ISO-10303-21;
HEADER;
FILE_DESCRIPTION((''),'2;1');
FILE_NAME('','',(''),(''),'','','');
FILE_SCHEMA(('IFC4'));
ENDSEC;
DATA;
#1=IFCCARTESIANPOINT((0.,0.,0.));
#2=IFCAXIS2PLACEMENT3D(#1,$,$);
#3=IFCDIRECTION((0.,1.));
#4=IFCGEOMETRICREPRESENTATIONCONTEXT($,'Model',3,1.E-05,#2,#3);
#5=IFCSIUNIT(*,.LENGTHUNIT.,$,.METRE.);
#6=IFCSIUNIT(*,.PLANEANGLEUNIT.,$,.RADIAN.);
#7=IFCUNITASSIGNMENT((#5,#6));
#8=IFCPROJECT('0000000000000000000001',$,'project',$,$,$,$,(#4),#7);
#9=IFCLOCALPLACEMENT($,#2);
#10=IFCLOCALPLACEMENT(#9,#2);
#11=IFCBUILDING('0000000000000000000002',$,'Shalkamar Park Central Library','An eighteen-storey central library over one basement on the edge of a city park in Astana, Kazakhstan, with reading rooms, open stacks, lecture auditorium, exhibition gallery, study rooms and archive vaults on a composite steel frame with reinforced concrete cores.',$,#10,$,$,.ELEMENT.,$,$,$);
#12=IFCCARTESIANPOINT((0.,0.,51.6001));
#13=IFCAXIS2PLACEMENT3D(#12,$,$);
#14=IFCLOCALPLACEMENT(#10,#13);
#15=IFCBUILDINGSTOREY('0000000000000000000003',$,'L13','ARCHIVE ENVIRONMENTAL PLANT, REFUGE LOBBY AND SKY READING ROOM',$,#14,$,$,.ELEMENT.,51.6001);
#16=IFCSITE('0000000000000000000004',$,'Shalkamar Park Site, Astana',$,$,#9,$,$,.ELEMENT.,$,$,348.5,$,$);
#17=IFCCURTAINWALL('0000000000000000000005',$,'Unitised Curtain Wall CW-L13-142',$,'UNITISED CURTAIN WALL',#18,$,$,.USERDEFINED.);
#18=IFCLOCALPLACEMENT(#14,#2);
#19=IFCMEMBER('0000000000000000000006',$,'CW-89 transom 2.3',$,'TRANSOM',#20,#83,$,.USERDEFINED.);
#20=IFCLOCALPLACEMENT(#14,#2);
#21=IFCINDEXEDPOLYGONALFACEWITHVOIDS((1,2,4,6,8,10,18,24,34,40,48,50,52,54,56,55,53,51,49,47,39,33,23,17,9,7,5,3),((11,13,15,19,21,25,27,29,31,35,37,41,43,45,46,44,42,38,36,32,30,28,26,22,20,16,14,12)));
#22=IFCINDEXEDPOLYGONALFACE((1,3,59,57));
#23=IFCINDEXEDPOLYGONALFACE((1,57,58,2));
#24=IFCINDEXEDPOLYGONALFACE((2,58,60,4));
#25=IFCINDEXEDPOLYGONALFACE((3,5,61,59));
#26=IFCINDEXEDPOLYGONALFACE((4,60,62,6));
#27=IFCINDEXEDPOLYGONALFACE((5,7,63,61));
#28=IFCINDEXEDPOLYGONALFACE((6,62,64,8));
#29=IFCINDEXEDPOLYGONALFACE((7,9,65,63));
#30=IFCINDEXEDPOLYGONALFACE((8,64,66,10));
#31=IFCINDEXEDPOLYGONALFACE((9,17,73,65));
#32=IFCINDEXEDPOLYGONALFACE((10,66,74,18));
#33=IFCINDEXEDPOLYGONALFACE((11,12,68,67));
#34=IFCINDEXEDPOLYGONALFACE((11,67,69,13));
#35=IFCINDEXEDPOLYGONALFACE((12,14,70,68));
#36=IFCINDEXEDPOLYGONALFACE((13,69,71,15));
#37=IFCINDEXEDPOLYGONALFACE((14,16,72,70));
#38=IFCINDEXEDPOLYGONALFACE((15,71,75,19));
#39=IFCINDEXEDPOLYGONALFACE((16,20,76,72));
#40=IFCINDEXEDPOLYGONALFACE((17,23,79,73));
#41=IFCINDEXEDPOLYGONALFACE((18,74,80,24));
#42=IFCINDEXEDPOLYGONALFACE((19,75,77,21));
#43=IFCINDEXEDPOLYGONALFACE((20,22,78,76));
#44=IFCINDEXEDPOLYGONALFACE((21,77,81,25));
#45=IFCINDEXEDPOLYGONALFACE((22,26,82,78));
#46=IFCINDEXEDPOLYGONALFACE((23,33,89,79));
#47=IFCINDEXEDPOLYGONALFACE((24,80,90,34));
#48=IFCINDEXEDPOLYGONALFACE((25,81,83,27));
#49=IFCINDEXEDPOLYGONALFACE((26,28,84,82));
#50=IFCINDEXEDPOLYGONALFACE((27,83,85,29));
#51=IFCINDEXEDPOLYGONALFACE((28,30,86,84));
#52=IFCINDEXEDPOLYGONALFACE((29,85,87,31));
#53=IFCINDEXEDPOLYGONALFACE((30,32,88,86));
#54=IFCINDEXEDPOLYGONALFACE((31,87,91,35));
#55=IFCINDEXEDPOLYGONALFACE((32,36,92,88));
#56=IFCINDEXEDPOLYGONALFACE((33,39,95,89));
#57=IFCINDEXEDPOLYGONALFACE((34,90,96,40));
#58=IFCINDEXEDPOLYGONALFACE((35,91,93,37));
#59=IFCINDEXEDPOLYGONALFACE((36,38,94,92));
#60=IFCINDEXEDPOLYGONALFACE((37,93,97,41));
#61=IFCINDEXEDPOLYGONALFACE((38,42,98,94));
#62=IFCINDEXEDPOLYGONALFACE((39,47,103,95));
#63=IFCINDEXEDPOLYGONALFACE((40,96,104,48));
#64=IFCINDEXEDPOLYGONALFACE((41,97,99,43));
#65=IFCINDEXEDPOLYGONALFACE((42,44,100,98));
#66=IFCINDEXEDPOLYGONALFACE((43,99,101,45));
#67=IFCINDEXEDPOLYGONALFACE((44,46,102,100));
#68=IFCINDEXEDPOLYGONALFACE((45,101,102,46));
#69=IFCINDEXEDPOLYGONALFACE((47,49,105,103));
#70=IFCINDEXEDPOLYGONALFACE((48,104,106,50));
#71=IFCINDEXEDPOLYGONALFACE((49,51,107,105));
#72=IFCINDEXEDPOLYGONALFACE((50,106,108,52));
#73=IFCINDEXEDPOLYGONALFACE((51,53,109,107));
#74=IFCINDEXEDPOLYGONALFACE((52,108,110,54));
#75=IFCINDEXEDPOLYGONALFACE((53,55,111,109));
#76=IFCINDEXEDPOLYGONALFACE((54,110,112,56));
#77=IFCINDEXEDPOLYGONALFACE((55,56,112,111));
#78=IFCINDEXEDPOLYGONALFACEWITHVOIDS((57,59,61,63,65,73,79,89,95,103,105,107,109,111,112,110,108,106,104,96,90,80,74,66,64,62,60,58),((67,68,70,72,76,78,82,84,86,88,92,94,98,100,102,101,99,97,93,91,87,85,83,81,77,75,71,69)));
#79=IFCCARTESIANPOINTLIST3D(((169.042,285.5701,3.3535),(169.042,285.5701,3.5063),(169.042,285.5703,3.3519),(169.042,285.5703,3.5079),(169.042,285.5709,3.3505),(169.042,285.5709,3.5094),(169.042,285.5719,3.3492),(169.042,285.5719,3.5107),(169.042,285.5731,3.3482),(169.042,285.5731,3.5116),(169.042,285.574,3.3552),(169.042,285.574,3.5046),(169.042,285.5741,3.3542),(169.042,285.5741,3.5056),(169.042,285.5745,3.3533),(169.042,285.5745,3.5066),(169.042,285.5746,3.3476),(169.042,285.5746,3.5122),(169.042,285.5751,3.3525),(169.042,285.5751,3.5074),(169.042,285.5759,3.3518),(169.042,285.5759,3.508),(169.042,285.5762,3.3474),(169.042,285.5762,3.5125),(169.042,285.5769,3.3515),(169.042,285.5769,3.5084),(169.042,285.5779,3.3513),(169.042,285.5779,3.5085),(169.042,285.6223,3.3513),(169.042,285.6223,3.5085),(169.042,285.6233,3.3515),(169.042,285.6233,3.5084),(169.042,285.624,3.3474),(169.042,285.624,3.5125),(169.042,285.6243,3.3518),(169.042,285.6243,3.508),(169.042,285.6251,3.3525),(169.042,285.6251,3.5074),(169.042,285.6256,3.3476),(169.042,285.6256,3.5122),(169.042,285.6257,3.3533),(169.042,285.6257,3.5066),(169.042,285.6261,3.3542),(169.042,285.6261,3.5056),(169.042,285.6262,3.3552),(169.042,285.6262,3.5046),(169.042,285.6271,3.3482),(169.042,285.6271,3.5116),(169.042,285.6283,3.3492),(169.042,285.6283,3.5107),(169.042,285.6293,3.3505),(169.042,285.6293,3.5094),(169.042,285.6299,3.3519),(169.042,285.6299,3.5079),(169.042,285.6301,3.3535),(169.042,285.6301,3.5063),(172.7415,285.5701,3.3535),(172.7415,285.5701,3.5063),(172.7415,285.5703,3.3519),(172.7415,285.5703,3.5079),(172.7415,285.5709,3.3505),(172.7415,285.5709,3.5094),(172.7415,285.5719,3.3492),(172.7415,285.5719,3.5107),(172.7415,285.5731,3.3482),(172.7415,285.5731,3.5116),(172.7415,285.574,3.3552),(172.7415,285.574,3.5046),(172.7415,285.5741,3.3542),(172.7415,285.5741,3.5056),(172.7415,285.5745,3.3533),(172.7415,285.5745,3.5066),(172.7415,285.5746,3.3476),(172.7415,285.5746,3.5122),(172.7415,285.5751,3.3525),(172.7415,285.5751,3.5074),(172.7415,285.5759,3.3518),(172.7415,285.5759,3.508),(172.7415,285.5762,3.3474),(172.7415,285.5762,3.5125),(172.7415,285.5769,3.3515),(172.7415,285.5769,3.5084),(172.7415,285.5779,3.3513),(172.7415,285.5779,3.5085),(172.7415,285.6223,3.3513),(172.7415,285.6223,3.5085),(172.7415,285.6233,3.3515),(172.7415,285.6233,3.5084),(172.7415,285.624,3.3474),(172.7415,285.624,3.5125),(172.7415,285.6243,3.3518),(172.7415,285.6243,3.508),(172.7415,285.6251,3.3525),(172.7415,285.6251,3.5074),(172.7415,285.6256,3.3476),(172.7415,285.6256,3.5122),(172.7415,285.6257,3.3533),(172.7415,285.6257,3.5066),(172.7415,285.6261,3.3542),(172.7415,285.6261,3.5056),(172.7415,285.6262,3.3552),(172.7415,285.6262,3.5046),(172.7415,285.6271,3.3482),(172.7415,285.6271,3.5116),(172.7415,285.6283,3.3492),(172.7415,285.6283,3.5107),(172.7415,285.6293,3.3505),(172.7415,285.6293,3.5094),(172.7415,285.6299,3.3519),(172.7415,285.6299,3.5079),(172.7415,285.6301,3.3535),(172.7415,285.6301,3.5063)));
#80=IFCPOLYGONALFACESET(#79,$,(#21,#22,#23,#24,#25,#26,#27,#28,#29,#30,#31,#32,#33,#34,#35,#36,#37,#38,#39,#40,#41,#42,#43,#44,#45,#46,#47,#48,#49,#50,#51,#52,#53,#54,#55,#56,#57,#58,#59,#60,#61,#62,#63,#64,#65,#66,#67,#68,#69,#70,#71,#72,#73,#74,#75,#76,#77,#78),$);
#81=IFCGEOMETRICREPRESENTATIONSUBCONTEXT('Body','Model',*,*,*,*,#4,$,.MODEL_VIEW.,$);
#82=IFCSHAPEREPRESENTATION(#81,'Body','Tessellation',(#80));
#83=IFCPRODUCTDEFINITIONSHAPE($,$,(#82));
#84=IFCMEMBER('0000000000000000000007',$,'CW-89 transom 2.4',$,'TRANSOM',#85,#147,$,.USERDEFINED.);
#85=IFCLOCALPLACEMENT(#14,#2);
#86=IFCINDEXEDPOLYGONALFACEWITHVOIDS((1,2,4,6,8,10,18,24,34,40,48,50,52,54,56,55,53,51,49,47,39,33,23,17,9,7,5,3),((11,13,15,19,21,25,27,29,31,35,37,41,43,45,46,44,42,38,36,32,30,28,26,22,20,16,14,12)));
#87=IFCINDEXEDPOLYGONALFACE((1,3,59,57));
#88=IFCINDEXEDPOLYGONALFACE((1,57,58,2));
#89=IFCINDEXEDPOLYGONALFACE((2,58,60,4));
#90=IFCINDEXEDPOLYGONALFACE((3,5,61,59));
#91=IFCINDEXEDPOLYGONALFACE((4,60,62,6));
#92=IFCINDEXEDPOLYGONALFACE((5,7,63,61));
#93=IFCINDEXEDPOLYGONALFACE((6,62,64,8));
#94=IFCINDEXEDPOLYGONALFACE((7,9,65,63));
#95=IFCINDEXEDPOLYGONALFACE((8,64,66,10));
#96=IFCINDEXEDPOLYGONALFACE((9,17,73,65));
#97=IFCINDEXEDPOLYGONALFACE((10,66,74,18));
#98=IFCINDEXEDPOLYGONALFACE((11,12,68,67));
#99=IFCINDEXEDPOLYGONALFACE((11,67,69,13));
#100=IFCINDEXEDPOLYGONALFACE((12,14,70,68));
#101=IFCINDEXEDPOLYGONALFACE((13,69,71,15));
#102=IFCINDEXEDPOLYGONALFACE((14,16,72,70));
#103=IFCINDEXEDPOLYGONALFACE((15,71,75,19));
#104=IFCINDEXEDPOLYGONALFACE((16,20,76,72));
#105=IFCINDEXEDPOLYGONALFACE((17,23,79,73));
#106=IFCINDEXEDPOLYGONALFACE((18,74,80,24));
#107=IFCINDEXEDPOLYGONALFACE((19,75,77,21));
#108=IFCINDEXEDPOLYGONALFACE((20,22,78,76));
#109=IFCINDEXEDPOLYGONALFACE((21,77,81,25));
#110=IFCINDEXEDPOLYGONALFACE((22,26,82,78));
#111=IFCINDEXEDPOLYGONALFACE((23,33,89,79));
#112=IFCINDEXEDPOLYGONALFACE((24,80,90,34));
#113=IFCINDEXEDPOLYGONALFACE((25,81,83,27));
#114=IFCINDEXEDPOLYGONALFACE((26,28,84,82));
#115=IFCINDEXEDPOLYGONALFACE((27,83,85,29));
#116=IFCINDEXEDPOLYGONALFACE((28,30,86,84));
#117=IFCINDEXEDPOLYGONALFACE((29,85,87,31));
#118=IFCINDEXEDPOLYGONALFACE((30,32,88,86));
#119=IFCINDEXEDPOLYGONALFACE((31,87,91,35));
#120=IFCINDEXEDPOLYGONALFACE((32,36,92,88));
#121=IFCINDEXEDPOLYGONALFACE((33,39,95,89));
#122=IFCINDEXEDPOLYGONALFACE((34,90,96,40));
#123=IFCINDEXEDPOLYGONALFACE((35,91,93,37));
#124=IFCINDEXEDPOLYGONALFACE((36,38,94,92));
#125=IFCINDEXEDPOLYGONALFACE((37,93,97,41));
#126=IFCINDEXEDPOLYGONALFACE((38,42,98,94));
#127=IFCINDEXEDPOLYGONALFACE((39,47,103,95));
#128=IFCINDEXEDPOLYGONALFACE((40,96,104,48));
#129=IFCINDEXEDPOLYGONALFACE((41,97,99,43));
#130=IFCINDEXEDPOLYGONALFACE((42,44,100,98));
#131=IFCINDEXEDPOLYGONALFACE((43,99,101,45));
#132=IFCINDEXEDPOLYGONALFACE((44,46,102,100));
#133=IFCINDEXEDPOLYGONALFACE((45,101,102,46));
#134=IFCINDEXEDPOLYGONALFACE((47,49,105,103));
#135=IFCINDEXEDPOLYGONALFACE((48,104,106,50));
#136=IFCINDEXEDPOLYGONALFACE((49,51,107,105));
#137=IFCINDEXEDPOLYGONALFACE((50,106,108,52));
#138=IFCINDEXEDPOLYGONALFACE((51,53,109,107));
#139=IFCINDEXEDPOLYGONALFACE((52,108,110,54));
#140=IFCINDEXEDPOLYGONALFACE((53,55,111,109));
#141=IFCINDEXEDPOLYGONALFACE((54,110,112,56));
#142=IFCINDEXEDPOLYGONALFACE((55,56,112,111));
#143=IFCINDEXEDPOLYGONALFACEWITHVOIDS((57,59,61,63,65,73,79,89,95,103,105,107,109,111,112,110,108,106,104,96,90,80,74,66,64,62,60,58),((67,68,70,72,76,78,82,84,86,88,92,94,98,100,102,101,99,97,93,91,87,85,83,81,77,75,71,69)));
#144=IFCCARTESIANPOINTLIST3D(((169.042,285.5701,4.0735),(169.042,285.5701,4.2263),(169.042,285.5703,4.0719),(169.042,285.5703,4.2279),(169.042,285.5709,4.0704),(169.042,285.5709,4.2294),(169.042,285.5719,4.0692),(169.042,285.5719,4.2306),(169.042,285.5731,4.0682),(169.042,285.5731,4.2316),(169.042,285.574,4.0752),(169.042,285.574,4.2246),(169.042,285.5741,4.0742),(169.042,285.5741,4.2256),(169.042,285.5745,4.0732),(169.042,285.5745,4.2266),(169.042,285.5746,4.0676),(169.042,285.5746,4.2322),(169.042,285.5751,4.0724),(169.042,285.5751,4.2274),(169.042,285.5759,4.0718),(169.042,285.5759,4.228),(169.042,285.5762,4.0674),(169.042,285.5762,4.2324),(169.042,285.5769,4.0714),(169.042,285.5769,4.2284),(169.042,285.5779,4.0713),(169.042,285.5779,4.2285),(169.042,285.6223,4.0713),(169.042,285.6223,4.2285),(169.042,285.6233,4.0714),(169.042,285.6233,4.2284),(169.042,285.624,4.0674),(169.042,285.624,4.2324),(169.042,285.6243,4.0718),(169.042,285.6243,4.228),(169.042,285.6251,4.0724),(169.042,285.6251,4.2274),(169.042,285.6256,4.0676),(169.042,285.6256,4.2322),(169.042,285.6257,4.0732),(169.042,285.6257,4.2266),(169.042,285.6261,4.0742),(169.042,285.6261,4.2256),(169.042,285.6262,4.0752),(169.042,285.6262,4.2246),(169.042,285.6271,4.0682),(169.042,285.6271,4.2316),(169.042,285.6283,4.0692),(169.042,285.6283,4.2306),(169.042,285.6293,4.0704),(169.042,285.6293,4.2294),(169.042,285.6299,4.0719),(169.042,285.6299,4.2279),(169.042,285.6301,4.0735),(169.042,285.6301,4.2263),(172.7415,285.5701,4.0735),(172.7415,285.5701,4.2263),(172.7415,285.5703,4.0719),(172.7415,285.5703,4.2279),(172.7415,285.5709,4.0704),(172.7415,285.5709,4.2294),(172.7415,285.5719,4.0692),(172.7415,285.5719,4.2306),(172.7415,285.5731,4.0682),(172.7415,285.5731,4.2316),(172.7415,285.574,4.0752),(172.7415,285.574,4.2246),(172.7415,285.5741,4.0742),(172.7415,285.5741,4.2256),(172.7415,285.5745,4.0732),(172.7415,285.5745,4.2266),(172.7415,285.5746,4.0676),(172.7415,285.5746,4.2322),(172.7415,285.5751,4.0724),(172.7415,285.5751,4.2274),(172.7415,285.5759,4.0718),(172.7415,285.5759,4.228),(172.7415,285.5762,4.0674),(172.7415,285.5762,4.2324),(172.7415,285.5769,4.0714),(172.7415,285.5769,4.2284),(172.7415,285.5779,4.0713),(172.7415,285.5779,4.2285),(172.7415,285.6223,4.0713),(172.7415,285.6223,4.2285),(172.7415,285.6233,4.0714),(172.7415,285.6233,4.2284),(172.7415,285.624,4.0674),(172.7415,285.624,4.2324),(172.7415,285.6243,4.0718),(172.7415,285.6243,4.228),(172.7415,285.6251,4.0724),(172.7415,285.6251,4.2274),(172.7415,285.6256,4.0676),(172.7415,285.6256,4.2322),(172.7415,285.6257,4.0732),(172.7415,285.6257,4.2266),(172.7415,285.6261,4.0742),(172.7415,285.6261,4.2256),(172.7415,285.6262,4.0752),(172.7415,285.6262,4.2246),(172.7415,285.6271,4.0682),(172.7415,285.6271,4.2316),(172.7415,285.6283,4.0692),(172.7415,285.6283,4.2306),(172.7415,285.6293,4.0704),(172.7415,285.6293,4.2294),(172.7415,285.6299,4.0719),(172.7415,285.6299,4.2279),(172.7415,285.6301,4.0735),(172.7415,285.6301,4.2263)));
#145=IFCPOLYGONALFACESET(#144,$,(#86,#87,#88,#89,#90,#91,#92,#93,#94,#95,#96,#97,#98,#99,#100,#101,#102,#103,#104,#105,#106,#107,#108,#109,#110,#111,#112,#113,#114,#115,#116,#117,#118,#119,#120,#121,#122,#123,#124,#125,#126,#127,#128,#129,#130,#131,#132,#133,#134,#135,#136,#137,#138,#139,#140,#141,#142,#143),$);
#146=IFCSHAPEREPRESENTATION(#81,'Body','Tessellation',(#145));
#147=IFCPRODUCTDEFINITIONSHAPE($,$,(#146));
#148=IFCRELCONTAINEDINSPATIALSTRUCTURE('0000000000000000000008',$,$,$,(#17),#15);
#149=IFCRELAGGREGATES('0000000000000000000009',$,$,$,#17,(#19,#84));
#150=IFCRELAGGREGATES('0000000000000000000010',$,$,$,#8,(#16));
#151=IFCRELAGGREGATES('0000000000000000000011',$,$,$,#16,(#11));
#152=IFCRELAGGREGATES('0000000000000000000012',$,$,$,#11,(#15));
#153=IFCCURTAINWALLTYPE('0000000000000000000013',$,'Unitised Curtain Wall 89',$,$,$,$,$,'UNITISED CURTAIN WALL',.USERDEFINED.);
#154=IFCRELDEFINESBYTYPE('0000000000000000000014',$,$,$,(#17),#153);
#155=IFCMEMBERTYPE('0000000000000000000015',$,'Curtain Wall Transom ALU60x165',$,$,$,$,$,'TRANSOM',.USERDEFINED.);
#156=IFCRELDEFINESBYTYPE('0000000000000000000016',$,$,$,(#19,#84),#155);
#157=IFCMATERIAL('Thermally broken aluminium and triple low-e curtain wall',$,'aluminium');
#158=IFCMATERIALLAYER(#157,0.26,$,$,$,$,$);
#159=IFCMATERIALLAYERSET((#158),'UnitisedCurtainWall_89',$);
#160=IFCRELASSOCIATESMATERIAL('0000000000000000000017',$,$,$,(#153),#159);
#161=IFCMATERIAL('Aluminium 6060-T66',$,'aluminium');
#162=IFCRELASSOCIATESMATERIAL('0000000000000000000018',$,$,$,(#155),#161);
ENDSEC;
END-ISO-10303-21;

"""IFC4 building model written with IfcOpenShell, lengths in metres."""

from ifc_helpers import new_model, si_unit, direction, frame, origin, origin_2d, place, context, subcontext, project, spatial, hollow_rectangle, extrude, material, layer, layer_set, material_profile, profile_set, type_object, element, aggregate, save


model = new_model("IFC4")

# Units and contexts
model_context = context("Model", 3, precision=1e-05, world=origin(), true_north=direction((0.0, 1.0)))
body_context = subcontext(model_context, "Body", "Model", "MODEL_VIEW")
ifc_project = project(units=[si_unit("LENGTHUNIT", "METRE"), si_unit("PLANEANGLEUNIT", "RADIAN")], contexts=[model_context])

# Site, building, storey
site_placement = place(None, origin())
site = spatial("IfcSite", under=ifc_project, at=site_placement, Name="Shalkamar Park Site, Astana", CompositionType="ELEMENT", RefElevation=348.5)
building_placement = place(site_placement, origin())
building = spatial("IfcBuilding", under=site, at=building_placement, Name="Shalkamar Park Central Library", Description="An eighteen-storey central library over one basement on the edge of a city park in Astana, Kazakhstan, with reading rooms, open stacks, lecture auditorium, exhibition gallery, study rooms and archive vaults on a composite steel frame with reinforced concrete cores.", CompositionType="ELEMENT")
storey_placement = place(building_placement, frame((0.0, 0.0, 51.6001)))
storey = spatial("IfcBuildingStorey", under=building, at=storey_placement, Name="L13", Description="ARCHIVE ENVIRONMENTAL PLANT, REFUGE LOBBY AND SKY READING ROOM", CompositionType="ELEMENT", Elevation=51.6001)

# Curtain wall
ifc_material_1 = material(Name="Thermally broken aluminium and triple low-e curtain wall", Category="aluminium")
ifc_layer_1 = layer(ifc_material_1, 0.26)
ifc_layer_set_1 = layer_set([ifc_layer_1], Name="UnitisedCurtainWall_89")
curtain_wall_type_1 = type_object("IfcCurtainWallType", Name="Unitised Curtain Wall 89", ElementType="UNITISED CURTAIN WALL", PredefinedType="USERDEFINED", material=ifc_layer_set_1)
curtain_wall_1_placement = place(storey_placement, origin())
curtain_wall_1 = element("IfcCurtainWall", 1, at=curtain_wall_1_placement, inside=storey, type_object=curtain_wall_type_1, Name="Unitised Curtain Wall CW-L13-142", ObjectType="UNITISED CURTAIN WALL", PredefinedType="USERDEFINED")
ifc_material_2 = material(Name="Aluminium 6060-T66", Category="aluminium")

# Members
ifc_material_profile_1 = material_profile(ifc_material_2, hollow_rectangle(XDim=0.0601, YDim=0.165, WallThickness=0.0039, InnerFilletRadius=0.0039, OuterFilletRadius=0.0061, at=origin_2d()), Name="ALU 60x165x4")
ifc_profile_set_1 = profile_set([ifc_material_profile_1], Name="Aluminium 6060-T66")
member_type_1 = type_object("IfcMemberType", Name="Curtain Wall Transom ALU60x165", ElementType="TRANSOM", PredefinedType="USERDEFINED", material=ifc_profile_set_1)
member_1_placement = place(storey_placement, frame((169.042, 285.6001, 3.4299), z_axis=(1.0, 0.0, 0.0), x_axis=(0.0, 1.0, 0.0)))
member_1 = element("IfcMember", 2, at=member_1_placement, type_object=member_type_1, Name="CW-89 transom 2.3", ObjectType="TRANSOM", PredefinedType="USERDEFINED", context=body_context, shape_type="SweptSolid", body=[
    extrude(hollow_rectangle(XDim=0.0601, YDim=0.165, WallThickness=0.0039, InnerFilletRadius=0.0039, OuterFilletRadius=0.0061, at=origin_2d()), origin(), (0.0, 0.0, 1.0), 3.6995),
])
member_2_placement = place(storey_placement, frame((169.042, 285.6001, 4.1499), z_axis=(1.0, 0.0, 0.0), x_axis=(0.0, 1.0, 0.0)))
member_2 = element("IfcMember", 3, at=member_2_placement, type_object=member_type_1, Name="CW-89 transom 2.4", ObjectType="TRANSOM", PredefinedType="USERDEFINED", context=body_context, shape_type="SweptSolid", body=[
    extrude(hollow_rectangle(XDim=0.0601, YDim=0.165, WallThickness=0.0039, InnerFilletRadius=0.0039, OuterFilletRadius=0.0061, at=origin_2d()), origin(), (0.0, 0.0, 1.0), 3.6995),
])

aggregate(curtain_wall_1, [member_1, member_2])

save(model, "model.ifc")
